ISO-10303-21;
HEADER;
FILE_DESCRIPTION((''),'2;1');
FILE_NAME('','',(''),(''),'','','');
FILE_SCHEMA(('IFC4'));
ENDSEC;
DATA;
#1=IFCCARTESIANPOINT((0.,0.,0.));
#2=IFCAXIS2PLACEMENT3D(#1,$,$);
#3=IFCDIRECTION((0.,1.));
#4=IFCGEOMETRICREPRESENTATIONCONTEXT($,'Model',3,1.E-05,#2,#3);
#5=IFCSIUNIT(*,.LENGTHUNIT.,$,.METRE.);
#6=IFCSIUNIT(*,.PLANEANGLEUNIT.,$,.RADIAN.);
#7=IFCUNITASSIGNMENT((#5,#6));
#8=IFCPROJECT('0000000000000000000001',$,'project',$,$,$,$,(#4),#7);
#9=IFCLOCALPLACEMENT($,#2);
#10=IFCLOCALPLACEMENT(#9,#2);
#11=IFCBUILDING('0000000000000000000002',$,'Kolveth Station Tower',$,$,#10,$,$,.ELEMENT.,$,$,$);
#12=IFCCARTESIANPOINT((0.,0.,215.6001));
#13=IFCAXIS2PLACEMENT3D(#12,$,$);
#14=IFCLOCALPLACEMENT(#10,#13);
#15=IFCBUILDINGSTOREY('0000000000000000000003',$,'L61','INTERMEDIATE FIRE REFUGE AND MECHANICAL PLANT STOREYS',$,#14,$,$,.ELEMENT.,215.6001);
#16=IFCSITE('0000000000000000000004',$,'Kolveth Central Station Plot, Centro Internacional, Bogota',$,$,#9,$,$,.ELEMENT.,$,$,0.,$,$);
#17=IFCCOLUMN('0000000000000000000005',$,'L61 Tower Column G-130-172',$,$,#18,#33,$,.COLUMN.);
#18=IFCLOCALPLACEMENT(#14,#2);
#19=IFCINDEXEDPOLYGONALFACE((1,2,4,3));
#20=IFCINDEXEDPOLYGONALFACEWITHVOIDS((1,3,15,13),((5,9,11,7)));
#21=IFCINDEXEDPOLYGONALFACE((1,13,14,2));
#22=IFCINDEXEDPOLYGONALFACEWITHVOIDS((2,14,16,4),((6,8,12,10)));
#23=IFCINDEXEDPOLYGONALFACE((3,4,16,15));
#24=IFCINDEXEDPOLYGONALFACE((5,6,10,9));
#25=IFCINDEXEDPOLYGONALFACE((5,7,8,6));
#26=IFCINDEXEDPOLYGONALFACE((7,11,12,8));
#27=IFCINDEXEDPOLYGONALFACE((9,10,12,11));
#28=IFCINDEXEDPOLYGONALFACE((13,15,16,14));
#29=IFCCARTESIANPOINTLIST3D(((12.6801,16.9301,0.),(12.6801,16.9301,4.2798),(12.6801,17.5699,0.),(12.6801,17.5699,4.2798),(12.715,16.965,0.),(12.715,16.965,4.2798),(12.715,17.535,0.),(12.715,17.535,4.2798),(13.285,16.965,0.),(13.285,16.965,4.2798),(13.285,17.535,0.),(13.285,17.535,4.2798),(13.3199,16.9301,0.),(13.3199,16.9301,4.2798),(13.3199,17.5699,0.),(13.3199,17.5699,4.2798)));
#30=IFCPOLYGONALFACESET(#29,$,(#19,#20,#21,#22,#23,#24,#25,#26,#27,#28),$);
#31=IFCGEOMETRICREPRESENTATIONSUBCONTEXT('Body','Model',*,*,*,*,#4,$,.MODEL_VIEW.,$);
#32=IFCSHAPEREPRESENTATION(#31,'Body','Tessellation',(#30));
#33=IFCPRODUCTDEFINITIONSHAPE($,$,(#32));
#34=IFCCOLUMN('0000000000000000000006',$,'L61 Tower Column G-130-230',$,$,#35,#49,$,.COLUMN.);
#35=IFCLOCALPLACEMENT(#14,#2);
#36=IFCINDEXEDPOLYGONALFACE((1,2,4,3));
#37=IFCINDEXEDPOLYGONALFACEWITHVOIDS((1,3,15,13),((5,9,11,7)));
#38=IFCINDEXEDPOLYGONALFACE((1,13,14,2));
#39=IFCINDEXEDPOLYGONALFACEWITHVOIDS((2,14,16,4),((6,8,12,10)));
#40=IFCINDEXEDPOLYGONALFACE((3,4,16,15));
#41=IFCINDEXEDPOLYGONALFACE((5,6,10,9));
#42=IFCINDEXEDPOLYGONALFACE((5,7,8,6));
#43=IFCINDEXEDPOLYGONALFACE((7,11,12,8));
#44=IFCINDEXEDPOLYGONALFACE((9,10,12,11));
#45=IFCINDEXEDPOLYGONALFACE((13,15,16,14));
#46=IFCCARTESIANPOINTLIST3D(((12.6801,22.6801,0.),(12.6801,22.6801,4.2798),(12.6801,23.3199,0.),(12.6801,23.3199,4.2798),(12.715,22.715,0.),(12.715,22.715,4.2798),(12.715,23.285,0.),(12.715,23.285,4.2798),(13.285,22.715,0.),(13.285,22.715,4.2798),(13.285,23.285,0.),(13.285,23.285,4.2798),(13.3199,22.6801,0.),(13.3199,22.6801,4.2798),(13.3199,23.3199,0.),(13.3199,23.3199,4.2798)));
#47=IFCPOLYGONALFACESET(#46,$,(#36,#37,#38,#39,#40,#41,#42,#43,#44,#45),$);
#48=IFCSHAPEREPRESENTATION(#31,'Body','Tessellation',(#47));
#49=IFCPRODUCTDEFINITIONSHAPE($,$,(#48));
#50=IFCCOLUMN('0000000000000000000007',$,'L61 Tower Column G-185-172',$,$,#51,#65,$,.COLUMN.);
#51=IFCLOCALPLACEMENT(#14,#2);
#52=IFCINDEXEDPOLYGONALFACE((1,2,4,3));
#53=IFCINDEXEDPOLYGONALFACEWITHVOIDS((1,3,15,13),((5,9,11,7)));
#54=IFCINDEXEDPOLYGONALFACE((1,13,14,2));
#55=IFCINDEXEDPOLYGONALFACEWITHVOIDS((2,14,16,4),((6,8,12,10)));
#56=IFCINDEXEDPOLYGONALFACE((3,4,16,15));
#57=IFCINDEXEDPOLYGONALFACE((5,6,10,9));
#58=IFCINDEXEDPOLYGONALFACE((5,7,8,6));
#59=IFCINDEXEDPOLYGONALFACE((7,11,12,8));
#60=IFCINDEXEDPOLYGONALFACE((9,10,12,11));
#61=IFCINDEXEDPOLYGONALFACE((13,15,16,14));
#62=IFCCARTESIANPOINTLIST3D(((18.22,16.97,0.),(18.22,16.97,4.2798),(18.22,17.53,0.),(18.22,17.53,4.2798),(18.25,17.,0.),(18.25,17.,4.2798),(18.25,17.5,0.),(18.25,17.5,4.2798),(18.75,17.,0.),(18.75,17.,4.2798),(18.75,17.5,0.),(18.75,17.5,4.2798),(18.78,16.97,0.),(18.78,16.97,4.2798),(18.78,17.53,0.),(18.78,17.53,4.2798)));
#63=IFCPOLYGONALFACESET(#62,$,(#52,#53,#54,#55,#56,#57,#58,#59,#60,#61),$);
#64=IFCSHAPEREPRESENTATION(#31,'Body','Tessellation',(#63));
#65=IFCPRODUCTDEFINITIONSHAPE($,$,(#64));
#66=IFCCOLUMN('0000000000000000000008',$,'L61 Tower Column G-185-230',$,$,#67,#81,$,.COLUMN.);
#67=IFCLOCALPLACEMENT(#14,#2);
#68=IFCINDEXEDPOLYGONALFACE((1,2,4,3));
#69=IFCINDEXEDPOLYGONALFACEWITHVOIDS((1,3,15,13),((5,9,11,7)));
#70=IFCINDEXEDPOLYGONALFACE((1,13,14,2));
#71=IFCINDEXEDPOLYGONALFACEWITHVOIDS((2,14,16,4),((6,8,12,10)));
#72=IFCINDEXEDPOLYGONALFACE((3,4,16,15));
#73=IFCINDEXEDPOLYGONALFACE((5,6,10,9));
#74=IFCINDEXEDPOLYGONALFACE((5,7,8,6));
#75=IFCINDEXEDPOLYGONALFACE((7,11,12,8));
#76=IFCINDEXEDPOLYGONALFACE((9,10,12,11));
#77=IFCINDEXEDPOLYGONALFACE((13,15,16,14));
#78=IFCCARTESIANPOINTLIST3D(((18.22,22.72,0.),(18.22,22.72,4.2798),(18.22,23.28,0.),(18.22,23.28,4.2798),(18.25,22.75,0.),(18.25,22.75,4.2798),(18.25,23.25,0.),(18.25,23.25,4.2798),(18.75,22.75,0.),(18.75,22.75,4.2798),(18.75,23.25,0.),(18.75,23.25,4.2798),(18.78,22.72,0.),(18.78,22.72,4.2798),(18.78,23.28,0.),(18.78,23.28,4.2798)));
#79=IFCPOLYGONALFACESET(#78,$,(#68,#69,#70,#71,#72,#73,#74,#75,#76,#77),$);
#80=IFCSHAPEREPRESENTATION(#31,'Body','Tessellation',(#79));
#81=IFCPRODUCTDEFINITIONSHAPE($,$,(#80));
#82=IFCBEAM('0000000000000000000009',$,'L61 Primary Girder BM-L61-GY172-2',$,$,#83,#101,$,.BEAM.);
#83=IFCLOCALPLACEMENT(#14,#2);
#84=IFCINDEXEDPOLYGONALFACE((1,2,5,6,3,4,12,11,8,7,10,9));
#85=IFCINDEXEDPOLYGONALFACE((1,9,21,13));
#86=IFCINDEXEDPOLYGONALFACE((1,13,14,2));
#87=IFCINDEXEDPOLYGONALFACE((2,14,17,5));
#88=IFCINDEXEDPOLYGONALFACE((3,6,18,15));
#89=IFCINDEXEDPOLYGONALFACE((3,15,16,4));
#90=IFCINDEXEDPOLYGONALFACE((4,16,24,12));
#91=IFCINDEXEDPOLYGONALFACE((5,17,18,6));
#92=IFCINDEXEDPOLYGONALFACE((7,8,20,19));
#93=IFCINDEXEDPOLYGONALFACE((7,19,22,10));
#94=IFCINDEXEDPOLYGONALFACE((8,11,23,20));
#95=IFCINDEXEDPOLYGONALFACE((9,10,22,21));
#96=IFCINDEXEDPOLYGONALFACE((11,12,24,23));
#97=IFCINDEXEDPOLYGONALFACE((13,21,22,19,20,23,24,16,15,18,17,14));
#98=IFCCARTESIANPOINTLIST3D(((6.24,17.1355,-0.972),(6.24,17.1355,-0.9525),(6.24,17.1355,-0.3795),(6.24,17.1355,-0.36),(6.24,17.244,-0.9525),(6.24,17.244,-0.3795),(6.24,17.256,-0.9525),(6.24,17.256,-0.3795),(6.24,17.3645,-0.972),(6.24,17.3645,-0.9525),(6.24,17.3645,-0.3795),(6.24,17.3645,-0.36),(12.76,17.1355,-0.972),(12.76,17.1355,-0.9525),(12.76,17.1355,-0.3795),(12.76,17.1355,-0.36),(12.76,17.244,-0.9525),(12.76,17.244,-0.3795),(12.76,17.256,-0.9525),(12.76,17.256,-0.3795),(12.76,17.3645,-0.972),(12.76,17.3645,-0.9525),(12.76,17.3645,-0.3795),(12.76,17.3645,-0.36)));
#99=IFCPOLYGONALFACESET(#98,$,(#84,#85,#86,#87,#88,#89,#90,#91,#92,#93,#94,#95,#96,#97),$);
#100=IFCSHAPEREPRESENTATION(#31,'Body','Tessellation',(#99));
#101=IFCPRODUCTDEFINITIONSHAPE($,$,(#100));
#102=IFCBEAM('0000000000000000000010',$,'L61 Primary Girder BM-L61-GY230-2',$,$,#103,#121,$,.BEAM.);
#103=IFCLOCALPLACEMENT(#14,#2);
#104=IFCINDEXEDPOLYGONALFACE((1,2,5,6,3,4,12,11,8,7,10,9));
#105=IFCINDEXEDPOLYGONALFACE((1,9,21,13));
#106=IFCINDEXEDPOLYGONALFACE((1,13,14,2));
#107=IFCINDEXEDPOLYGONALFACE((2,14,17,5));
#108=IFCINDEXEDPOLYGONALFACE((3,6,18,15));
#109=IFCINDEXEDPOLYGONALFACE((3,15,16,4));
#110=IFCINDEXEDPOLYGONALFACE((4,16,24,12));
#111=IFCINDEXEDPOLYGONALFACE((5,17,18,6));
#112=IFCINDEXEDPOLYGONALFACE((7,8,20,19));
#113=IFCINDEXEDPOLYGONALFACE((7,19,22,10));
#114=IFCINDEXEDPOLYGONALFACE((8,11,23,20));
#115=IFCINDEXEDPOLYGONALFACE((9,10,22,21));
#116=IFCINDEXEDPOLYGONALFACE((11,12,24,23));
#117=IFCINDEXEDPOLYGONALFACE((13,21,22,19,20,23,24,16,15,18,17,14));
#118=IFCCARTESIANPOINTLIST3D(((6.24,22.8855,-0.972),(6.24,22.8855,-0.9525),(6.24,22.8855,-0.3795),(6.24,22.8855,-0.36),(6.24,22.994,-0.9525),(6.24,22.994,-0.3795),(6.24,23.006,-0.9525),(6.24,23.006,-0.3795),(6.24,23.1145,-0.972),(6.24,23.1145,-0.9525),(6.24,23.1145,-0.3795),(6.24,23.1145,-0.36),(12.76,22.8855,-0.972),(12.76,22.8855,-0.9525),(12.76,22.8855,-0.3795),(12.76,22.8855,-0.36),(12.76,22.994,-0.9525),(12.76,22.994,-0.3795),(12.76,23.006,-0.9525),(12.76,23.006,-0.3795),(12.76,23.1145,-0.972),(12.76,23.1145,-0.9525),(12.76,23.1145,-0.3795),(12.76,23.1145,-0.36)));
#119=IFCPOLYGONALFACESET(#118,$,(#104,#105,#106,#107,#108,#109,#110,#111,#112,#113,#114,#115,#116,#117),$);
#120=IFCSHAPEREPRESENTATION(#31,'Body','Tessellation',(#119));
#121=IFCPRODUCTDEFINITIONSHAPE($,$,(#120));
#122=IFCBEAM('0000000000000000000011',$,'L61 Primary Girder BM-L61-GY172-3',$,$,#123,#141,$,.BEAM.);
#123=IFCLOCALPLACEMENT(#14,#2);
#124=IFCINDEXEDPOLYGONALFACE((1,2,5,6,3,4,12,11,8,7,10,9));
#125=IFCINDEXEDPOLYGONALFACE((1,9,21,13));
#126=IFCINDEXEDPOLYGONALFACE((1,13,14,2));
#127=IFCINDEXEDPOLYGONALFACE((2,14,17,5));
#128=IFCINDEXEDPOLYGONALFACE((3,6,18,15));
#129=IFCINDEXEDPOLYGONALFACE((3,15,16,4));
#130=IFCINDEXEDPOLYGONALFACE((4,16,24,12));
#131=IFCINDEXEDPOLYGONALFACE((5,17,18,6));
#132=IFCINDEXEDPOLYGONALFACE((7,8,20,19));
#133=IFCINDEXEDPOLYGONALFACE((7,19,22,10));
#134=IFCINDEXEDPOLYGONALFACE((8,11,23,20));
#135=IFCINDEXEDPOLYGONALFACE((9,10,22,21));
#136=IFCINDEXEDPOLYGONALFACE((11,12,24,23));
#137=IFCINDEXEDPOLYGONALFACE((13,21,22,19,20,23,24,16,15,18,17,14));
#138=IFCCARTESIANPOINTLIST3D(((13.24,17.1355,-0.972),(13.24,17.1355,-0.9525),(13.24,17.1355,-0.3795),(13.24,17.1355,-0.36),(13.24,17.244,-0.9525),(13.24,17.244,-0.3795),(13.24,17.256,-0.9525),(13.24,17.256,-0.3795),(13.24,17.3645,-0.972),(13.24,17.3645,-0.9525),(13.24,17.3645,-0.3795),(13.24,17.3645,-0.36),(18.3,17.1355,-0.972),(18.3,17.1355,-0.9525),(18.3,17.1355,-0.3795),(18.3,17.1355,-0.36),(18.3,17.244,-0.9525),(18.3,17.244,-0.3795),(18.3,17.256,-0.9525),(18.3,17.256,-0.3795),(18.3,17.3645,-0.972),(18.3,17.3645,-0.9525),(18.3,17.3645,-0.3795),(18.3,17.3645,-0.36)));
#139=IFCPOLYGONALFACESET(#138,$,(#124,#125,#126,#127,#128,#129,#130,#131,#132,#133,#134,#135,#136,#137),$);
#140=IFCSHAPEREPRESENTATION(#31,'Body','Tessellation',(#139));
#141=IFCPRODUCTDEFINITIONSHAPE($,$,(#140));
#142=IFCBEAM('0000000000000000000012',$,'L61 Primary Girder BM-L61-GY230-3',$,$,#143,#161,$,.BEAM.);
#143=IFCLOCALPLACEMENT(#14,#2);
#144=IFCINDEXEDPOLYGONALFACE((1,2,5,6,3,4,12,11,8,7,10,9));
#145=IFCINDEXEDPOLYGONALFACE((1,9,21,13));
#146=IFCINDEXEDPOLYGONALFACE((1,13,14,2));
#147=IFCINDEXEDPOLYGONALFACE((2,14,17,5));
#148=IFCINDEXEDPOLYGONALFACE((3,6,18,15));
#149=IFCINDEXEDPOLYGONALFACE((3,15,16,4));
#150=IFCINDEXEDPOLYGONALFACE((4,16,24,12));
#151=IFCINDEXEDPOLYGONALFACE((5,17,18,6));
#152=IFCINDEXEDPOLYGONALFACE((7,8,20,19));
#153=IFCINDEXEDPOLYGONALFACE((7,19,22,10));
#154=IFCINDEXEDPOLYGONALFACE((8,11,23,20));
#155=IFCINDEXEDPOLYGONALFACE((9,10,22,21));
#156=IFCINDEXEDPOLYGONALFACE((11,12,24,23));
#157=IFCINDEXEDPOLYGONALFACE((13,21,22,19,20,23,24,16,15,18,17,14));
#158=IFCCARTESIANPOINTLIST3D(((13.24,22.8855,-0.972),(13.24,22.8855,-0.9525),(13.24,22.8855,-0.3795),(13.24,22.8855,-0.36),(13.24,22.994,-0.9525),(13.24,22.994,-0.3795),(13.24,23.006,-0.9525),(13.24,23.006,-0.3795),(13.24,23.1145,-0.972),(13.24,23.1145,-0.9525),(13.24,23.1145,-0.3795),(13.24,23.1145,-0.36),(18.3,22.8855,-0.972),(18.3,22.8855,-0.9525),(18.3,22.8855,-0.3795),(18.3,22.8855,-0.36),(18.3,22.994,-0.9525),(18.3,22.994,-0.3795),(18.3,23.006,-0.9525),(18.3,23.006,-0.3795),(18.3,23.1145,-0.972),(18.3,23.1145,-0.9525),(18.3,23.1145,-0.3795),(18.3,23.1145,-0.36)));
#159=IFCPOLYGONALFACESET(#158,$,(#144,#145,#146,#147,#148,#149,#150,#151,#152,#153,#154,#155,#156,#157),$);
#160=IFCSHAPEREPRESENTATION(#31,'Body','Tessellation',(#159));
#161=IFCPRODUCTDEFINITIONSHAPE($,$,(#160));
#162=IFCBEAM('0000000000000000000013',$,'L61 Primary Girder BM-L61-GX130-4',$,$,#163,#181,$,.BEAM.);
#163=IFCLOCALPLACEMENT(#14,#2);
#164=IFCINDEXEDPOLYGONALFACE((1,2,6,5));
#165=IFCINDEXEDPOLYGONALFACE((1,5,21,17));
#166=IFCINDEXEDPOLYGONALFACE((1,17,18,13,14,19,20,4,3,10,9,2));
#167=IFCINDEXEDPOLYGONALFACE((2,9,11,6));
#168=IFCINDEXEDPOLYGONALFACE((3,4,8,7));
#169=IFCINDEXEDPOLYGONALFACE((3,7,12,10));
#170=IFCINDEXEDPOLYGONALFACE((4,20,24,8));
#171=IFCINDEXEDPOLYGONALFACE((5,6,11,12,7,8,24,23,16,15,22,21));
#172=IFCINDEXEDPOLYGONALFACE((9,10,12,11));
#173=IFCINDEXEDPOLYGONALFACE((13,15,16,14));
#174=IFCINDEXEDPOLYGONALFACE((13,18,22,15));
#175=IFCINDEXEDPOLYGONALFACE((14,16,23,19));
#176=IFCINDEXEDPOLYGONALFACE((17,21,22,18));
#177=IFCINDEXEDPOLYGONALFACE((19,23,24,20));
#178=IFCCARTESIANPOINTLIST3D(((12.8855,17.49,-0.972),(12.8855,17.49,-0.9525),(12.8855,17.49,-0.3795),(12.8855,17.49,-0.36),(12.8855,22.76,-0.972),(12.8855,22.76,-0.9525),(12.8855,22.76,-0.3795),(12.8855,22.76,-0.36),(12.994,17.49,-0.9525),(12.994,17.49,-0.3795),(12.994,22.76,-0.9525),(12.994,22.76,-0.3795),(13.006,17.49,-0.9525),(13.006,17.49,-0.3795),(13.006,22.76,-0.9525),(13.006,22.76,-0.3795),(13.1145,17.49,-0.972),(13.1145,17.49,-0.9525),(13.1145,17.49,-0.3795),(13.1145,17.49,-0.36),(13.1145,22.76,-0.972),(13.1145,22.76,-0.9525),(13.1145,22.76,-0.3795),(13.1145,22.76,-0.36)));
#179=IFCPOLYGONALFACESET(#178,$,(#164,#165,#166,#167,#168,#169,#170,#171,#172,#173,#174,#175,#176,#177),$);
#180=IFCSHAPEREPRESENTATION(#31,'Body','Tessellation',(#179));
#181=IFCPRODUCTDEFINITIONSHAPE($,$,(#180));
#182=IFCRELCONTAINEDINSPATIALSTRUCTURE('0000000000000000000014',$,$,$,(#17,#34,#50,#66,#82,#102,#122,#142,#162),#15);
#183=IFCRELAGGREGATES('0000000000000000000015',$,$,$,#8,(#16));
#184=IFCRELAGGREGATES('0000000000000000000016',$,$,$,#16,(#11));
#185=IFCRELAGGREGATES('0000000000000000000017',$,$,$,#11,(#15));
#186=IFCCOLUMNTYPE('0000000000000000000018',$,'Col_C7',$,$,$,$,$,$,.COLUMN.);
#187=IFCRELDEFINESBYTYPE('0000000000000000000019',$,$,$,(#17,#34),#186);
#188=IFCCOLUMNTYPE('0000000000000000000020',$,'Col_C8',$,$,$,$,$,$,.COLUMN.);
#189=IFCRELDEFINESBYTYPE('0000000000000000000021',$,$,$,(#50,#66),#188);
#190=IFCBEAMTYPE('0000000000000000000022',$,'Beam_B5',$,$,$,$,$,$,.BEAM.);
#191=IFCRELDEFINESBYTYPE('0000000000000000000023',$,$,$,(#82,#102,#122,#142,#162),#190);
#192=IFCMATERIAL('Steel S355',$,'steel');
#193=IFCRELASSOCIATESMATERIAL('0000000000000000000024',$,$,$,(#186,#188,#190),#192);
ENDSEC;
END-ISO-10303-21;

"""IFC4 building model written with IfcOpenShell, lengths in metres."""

from ifc_helpers import new_model, si_unit, direction, frame, origin, origin_2d, place, context, subcontext, project, spatial, hollow_rectangle, i_section, extrude, source, transform, mapped, material, material_profile, profile_set, type_object, element, save


model = new_model("IFC4")

# Units and contexts
model_context = context("Model", 3, precision=1e-05, world=origin(), true_north=direction((0.0, 1.0)))
body_context = subcontext(model_context, "Body", "Model", "MODEL_VIEW")
ifc_project = project(units=[si_unit("LENGTHUNIT", "METRE"), si_unit("PLANEANGLEUNIT", "RADIAN")], contexts=[model_context])

# Site, building, storey
site_placement = place(None, origin())
site = spatial("IfcSite", under=ifc_project, at=site_placement, Name="Kolveth Central Station Plot, Centro Internacional, Bogota", CompositionType="ELEMENT", RefElevation=0.0)
building_placement = place(site_placement, origin())
building = spatial("IfcBuilding", under=site, at=building_placement, Name="Kolveth Station Tower", CompositionType="ELEMENT")
storey_placement = place(building_placement, frame((0.0, 0.0, 215.6001)))
storey = spatial("IfcBuildingStorey", under=building, at=storey_placement, Name="L61", Description="INTERMEDIATE FIRE REFUGE AND MECHANICAL PLANT STOREYS", CompositionType="ELEMENT", Elevation=215.6001)

# Columns
ifc_material_1 = material(Name="Steel S355", Category="steel")
ifc_material_profile_1 = material_profile(ifc_material_1, hollow_rectangle(XDim=0.6399, YDim=0.6399, WallThickness=0.0349, at=origin_2d()), Name="BOX640x640x35")
ifc_profile_set_1 = profile_set([ifc_material_profile_1], Name="Steel S355")
column_type_1 = type_object("IfcColumnType", Name="Col_C7", PredefinedType="COLUMN", material=ifc_profile_set_1)
shared_shape_1 = source(origin(), body_context, "Body", "SweptSolid", [
    extrude(hollow_rectangle(XDim=0.6399, YDim=0.6399, WallThickness=0.0349, at=origin_2d()), origin(), (0.0, 0.0, 1.0), 4.2798),
])
for number, where, z_axis, x_axis, name in (
    (1, (13.0, 17.25, 0.0), (0.0, 0.0, 1.0), (1.0, 0.0, 0.0), "L61 Tower Column G-130-172"),
    (2, (13.0, 23.0, 0.0), (0.0, 0.0, 1.0), (1.0, 0.0, 0.0), "L61 Tower Column G-130-230"),
):
    element("IfcColumn", number, at=place(storey_placement, frame(where, z_axis=z_axis, x_axis=x_axis)), inside=storey, type_object=column_type_1, Name=name, PredefinedType="COLUMN", context=body_context, shape_type="MappedRepresentation", body=[
        mapped(shared_shape_1, transform((0.0, 0.0, 0.0), x_axis=(1.0, 0.0, 0.0), y_axis=(0.0, 1.0, 0.0), z_axis=(0.0, 0.0, 1.0), scale=1.0)),
    ])
ifc_material_profile_2 = material_profile(ifc_material_1, hollow_rectangle(XDim=0.5601, YDim=0.5601, WallThickness=0.03, at=origin_2d()), Name="BOX560x560x30")
ifc_profile_set_2 = profile_set([ifc_material_profile_2], Name="Steel S355")
column_type_2 = type_object("IfcColumnType", Name="Col_C8", PredefinedType="COLUMN", material=ifc_profile_set_2)
shared_shape_2 = source(origin(), body_context, "Body", "SweptSolid", [
    extrude(hollow_rectangle(XDim=0.5601, YDim=0.5601, WallThickness=0.03, at=origin_2d()), origin(), (0.0, 0.0, 1.0), 4.2798),
])
for number, where, z_axis, x_axis, name in (
    (3, (18.5, 17.25, 0.0), (0.0, 0.0, 1.0), (1.0, 0.0, 0.0), "L61 Tower Column G-185-172"),
    (4, (18.5, 23.0, 0.0), (0.0, 0.0, 1.0), (1.0, 0.0, 0.0), "L61 Tower Column G-185-230"),
):
    element("IfcColumn", number, at=place(storey_placement, frame(where, z_axis=z_axis, x_axis=x_axis)), inside=storey, type_object=column_type_2, Name=name, PredefinedType="COLUMN", context=body_context, shape_type="MappedRepresentation", body=[
        mapped(shared_shape_2, transform((0.0, 0.0, 0.0), x_axis=(1.0, 0.0, 0.0), y_axis=(0.0, 1.0, 0.0), z_axis=(0.0, 0.0, 1.0), scale=1.0)),
    ])

# Beams
ifc_material_profile_3 = material_profile(ifc_material_1, i_section(OverallWidth=0.229, OverallDepth=0.6121, WebThickness=0.012, FlangeThickness=0.0195, at=origin_2d()), Name="W610x125")
ifc_profile_set_3 = profile_set([ifc_material_profile_3], Name="Steel S355")
beam_type_1 = type_object("IfcBeamType", Name="Beam_B5", PredefinedType="BEAM", material=ifc_profile_set_3)
shared_shape_3 = source(origin(), body_context, "Body", "SweptSolid", [
    extrude(i_section(OverallWidth=0.229, OverallDepth=0.6121, WebThickness=0.012, FlangeThickness=0.0195, at=origin_2d()), origin(), (0.0, 0.0, 1.0), 6.52),
])
for number, where, z_axis, x_axis, name in (
    (5, (6.24, 17.25, -0.666), (1.0, 0.0, 0.0), (0.0, 1.0, 0.0), "L61 Primary Girder BM-L61-GY172-2"),
    (6, (6.24, 23.0, -0.666), (1.0, 0.0, 0.0), (0.0, 1.0, 0.0), "L61 Primary Girder BM-L61-GY230-2"),
):
    element("IfcBeam", number, at=place(storey_placement, frame(where, z_axis=z_axis, x_axis=x_axis)), inside=storey, type_object=beam_type_1, Name=name, PredefinedType="BEAM", context=body_context, shape_type="MappedRepresentation", body=[
        mapped(shared_shape_3, transform((0.0, 0.0, 0.0), x_axis=(1.0, 0.0, 0.0), y_axis=(0.0, 1.0, 0.0), z_axis=(0.0, 0.0, 1.0), scale=1.0)),
    ])
shared_shape_4 = source(origin(), body_context, "Body", "SweptSolid", [
    extrude(i_section(OverallWidth=0.229, OverallDepth=0.6121, WebThickness=0.012, FlangeThickness=0.0195, at=origin_2d()), origin(), (0.0, 0.0, 1.0), 5.0601),
])
for number, where, z_axis, x_axis, name in (
    (7, (13.24, 17.25, -0.666), (1.0, 0.0, 0.0), (0.0, 1.0, 0.0), "L61 Primary Girder BM-L61-GY172-3"),
    (8, (13.24, 23.0, -0.666), (1.0, 0.0, 0.0), (0.0, 1.0, 0.0), "L61 Primary Girder BM-L61-GY230-3"),
):
    element("IfcBeam", number, at=place(storey_placement, frame(where, z_axis=z_axis, x_axis=x_axis)), inside=storey, type_object=beam_type_1, Name=name, PredefinedType="BEAM", context=body_context, shape_type="MappedRepresentation", body=[
        mapped(shared_shape_4, transform((0.0, 0.0, 0.0), x_axis=(1.0, 0.0, 0.0), y_axis=(0.0, 1.0, 0.0), z_axis=(0.0, 0.0, 1.0), scale=1.0)),
    ])
shared_shape_5 = source(origin(), body_context, "Body", "SweptSolid", [
    extrude(i_section(OverallWidth=0.229, OverallDepth=0.6121, WebThickness=0.012, FlangeThickness=0.0195, at=origin_2d()), origin(), (0.0, 0.0, 1.0), 5.27),
])
for number, where, z_axis, x_axis, name in (
    (9, (13.0, 17.49, -0.666), (0.0, 1.0, 0.0), (-1.0, 0.0, 0.0), "L61 Primary Girder BM-L61-GX130-4"),
):
    element("IfcBeam", number, at=place(storey_placement, frame(where, z_axis=z_axis, x_axis=x_axis)), inside=storey, type_object=beam_type_1, Name=name, PredefinedType="BEAM", context=body_context, shape_type="MappedRepresentation", body=[
        mapped(shared_shape_5, transform((0.0, 0.0, 0.0), x_axis=(1.0, 0.0, 0.0), y_axis=(0.0, 1.0, 0.0), z_axis=(0.0, 0.0, 1.0), scale=1.0)),
    ])

save(model, "model.ifc")
